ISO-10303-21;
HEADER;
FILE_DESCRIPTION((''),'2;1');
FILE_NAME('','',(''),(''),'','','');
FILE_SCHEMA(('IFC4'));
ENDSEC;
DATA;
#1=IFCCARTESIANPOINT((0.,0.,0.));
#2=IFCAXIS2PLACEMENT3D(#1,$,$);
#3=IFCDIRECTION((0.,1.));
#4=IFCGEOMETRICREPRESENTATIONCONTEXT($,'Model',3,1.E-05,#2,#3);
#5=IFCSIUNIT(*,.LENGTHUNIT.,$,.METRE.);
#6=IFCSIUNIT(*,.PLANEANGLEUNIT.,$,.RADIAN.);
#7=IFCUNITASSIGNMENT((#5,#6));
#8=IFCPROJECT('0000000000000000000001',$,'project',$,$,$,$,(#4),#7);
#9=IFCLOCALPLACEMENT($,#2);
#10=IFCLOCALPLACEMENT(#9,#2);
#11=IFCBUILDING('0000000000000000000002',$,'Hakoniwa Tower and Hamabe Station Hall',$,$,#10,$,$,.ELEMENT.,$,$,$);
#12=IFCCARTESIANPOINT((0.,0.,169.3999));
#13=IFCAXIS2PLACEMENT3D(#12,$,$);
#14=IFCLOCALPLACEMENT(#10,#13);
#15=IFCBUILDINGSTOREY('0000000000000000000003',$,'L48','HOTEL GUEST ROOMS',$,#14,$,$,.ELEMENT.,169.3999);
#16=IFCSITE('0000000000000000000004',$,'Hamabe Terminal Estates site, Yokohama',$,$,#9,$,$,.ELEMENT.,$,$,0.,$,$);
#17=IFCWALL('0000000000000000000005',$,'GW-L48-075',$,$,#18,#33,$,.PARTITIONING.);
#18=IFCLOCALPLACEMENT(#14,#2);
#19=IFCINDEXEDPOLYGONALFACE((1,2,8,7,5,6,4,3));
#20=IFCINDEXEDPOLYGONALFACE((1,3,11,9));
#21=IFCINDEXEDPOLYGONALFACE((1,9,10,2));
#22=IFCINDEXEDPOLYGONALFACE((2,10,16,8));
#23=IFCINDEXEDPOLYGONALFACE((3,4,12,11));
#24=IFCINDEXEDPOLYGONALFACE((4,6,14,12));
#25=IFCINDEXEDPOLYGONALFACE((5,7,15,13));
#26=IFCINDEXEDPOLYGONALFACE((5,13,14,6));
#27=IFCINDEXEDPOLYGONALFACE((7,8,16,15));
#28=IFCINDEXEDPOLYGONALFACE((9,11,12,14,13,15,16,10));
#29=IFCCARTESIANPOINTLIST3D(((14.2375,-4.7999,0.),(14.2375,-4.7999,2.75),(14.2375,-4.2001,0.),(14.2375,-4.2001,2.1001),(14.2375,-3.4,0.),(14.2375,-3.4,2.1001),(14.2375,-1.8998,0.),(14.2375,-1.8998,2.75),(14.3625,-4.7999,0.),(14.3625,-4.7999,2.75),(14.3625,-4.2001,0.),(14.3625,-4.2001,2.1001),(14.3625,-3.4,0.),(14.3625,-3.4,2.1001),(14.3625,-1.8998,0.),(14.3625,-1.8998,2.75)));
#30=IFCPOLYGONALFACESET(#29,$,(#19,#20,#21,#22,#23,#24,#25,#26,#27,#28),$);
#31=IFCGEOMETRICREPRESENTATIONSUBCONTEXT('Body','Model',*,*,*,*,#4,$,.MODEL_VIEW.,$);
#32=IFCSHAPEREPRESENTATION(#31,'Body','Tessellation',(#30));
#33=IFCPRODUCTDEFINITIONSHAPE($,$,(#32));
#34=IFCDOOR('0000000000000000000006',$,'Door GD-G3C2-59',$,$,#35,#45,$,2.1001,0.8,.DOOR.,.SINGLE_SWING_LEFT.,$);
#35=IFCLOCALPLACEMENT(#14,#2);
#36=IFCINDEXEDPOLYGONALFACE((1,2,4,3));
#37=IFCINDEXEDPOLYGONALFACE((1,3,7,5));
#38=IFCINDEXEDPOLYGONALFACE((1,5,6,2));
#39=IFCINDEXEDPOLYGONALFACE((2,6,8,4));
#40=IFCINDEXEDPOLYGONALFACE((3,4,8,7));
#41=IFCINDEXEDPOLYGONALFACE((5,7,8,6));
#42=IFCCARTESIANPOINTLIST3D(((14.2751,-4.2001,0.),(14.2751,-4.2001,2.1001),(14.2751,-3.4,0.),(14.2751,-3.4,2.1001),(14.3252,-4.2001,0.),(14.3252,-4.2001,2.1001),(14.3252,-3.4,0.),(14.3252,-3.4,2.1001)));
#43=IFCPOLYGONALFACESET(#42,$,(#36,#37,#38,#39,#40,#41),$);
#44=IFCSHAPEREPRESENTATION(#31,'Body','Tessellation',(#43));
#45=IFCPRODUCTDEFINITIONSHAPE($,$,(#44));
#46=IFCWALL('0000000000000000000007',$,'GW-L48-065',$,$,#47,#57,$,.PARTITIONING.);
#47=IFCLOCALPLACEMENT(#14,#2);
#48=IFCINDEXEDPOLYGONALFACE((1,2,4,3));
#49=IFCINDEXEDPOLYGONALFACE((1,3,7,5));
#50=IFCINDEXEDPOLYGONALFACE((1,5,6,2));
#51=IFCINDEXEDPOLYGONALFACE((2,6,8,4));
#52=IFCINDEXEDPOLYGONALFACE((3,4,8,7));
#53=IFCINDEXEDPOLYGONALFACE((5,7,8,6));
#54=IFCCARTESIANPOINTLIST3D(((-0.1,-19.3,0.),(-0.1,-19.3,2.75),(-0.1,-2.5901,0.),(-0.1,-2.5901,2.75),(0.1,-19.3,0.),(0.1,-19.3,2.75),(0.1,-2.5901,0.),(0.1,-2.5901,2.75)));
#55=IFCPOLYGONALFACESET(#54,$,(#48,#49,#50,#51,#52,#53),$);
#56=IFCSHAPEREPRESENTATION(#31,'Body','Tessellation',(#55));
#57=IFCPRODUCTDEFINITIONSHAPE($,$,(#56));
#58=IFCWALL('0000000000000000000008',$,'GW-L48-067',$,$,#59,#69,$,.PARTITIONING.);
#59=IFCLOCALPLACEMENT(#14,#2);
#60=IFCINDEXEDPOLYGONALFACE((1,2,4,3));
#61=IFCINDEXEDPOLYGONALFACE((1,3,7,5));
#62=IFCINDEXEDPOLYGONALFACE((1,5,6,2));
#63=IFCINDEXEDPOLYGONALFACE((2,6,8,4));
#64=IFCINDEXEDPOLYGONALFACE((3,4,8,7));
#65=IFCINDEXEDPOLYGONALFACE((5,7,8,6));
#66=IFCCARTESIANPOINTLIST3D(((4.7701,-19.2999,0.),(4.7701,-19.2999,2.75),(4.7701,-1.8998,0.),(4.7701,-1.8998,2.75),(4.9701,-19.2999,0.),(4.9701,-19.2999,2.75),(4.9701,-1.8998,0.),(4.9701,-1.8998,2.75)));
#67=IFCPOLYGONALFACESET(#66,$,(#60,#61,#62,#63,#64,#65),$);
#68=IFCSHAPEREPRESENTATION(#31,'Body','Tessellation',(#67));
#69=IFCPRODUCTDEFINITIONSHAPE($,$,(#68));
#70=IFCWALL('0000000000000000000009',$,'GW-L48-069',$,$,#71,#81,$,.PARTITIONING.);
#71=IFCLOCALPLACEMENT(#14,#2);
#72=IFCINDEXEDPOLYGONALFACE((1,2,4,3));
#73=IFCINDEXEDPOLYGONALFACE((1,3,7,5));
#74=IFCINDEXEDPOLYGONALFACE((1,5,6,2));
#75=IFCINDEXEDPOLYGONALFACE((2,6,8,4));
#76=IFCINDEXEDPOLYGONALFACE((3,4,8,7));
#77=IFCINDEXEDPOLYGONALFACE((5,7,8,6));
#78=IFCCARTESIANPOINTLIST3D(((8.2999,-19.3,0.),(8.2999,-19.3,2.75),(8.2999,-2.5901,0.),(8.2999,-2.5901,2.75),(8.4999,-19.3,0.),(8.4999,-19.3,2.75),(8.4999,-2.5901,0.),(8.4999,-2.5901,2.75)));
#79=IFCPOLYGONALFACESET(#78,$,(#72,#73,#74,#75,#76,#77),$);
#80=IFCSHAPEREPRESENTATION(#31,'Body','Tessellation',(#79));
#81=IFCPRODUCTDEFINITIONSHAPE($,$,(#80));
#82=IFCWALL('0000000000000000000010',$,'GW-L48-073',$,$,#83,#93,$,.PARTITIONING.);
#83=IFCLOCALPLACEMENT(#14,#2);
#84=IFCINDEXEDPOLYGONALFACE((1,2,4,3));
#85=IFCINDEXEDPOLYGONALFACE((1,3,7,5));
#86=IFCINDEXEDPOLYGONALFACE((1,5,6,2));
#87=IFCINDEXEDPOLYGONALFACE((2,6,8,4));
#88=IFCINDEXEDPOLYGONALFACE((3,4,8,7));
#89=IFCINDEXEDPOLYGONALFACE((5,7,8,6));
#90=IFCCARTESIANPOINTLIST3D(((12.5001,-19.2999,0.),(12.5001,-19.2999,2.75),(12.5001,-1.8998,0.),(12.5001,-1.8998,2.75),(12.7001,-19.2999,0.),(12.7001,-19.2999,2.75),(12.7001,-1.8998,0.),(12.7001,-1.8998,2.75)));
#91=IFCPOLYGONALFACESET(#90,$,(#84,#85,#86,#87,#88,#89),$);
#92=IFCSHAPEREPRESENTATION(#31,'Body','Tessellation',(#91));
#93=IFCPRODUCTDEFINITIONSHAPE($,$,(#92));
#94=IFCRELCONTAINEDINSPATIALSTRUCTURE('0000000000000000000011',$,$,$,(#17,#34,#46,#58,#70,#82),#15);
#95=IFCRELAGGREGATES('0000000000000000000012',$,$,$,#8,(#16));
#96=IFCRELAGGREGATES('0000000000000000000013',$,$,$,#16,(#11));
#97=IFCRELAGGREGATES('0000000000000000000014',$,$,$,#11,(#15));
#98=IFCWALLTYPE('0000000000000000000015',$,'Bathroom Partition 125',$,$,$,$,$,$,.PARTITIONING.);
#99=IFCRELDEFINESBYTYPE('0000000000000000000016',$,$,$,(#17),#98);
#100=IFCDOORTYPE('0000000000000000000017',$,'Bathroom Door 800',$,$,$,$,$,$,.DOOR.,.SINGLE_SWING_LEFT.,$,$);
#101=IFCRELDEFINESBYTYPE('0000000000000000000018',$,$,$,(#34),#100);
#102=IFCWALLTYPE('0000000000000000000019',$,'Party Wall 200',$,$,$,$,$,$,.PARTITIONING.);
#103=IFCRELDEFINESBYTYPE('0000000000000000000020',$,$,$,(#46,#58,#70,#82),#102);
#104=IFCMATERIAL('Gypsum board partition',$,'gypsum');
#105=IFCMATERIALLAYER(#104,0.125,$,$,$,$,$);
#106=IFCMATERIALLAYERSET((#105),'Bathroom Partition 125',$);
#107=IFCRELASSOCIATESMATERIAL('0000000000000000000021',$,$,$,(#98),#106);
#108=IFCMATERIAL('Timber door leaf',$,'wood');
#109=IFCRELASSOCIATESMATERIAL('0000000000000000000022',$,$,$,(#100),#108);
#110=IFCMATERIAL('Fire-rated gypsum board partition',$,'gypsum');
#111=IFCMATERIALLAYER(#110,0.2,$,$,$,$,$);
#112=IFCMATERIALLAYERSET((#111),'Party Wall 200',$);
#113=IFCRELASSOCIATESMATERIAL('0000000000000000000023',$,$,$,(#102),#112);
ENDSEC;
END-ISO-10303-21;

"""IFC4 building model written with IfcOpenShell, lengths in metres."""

from ifc_helpers import new_model, si_unit, direction, frame, frame_2d, origin, place, context, subcontext, project, spatial, rectangle, extrude, material, layer, layer_set, type_object, element, fill, save


model = new_model("IFC4")

# Units and contexts
model_context = context("Model", 3, precision=1e-05, world=origin(), true_north=direction((0.0, 1.0)))
body_context = subcontext(model_context, "Body", "Model", "MODEL_VIEW")
ifc_project = project(units=[si_unit("LENGTHUNIT", "METRE"), si_unit("PLANEANGLEUNIT", "RADIAN")], contexts=[model_context])

# Site, building, storey
site_placement = place(None, origin())
site = spatial("IfcSite", under=ifc_project, at=site_placement, Name="Hamabe Terminal Estates site, Yokohama", CompositionType="ELEMENT", RefElevation=0.0)
building_placement = place(site_placement, origin())
building = spatial("IfcBuilding", under=site, at=building_placement, Name="Hakoniwa Tower and Hamabe Station Hall", CompositionType="ELEMENT")
storey_placement = place(building_placement, frame((0.0, 0.0, 169.3999)))
storey = spatial("IfcBuildingStorey", under=building, at=storey_placement, Name="L48", Description="HOTEL GUEST ROOMS", CompositionType="ELEMENT", Elevation=169.3999)

# Shared definitions
ifc_material_1 = material(Name="Gypsum board partition", Category="gypsum")
ifc_layer_1 = layer(ifc_material_1, 0.125)
ifc_layer_set_1 = layer_set([ifc_layer_1], Name="Bathroom Partition 125")
wall_type_1 = type_object("IfcWallType", Name="Bathroom Partition 125", PredefinedType="PARTITIONING", material=ifc_layer_set_1)

# Wall, opening, door
ifc_material_2 = material(Name="Timber door leaf", Category="wood")
door_type = type_object("IfcDoorType", Name="Bathroom Door 800", OperationType="SINGLE_SWING_LEFT", PredefinedType="DOOR", material=ifc_material_2)
wall_1_placement = place(storey_placement, frame((14.3, -4.8, 0.0), z_axis=(0.0, 0.0, 1.0), x_axis=(0.0, 1.0, 0.0)))
wall_1 = element("IfcWall", 1, at=wall_1_placement, inside=storey, type_object=wall_type_1, Name="GW-L48-075", PredefinedType="PARTITIONING", context=body_context, shape_type="SweptSolid", body=[
    extrude(rectangle(XDim=2.9001, YDim=0.125, at=frame_2d((1.4502, 0.0))), origin(), (0.0, 0.0, 1.0), 2.75),
])
opening_1_placement = place(wall_1_placement, frame((0.6001, 0.0, 0.0)))
opening_1 = element("IfcOpeningElement", 2, at=opening_1_placement, cuts=wall_1, PredefinedType="OPENING", context=body_context, shape_type="SweptSolid", body=[
    extrude(rectangle(XDim=0.8, YDim=2.1001, at=frame_2d((0.3999, 1.05))), frame((0.0, 0.0725, 0.0), z_axis=(0.0, -1.0, 0.0), x_axis=(1.0, 0.0, 0.0)), (0.0, 0.0, 1.0), 0.145),
])
door_1_placement = place(opening_1_placement, origin())
door_1 = element("IfcDoor", 3, at=door_1_placement, inside=storey, type_object=door_type, Name="Door GD-G3C2-59", OperationType="SINGLE_SWING_LEFT", OverallHeight=2.1001, OverallWidth=0.8, PredefinedType="DOOR", context=body_context, shape_type="SweptSolid", body=[
    extrude(rectangle(XDim=0.8, YDim=2.1001, at=frame_2d((0.3999, 1.05))), frame((0.0, 0.0249, 0.0), z_axis=(0.0, -1.0, 0.0), x_axis=(1.0, 0.0, 0.0)), (0.0, 0.0, 1.0), 0.05),
])
fill(opening_1, door_1)

# Walls
ifc_material_3 = material(Name="Fire-rated gypsum board partition", Category="gypsum")
ifc_layer_2 = layer(ifc_material_3, 0.2)
ifc_layer_set_2 = layer_set([ifc_layer_2], Name="Party Wall 200")
wall_type_2 = type_object("IfcWallType", Name="Party Wall 200", PredefinedType="PARTITIONING", material=ifc_layer_set_2)
wall_2_placement = place(storey_placement, frame((0.0, -19.3, 0.0), z_axis=(0.0, 0.0, 1.0), x_axis=(0.0, 1.0, 0.0)))
element("IfcWall", 4, at=wall_2_placement, inside=storey, type_object=wall_type_2, Name="GW-L48-065", PredefinedType="PARTITIONING", context=body_context, shape_type="SweptSolid", body=[
    extrude(rectangle(XDim=16.71, YDim=0.2, at=frame_2d((8.355, 0.0))), origin(), (0.0, 0.0, 1.0), 2.75),
])
wall_3_placement = place(storey_placement, frame((4.8701, -19.3, 0.0), z_axis=(0.0, 0.0, 1.0), x_axis=(0.0, 1.0, 0.0)))
element("IfcWall", 5, at=wall_3_placement, inside=storey, type_object=wall_type_2, Name="GW-L48-067", PredefinedType="PARTITIONING", context=body_context, shape_type="SweptSolid", body=[
    extrude(rectangle(XDim=17.4001, YDim=0.2, at=frame_2d((8.7002, 0.0))), origin(), (0.0, 0.0, 1.0), 2.75),
])
wall_4_placement = place(storey_placement, frame((8.3999, -19.3, 0.0), z_axis=(0.0, 0.0, 1.0), x_axis=(0.0, 1.0, 0.0)))
element("IfcWall", 6, at=wall_4_placement, inside=storey, type_object=wall_type_2, Name="GW-L48-069", PredefinedType="PARTITIONING", context=body_context, shape_type="SweptSolid", body=[
    extrude(rectangle(XDim=16.71, YDim=0.2, at=frame_2d((8.355, 0.0))), origin(), (0.0, 0.0, 1.0), 2.75),
])
wall_5_placement = place(storey_placement, frame((12.6001, -19.3, 0.0), z_axis=(0.0, 0.0, 1.0), x_axis=(0.0, 1.0, 0.0)))
element("IfcWall", 7, at=wall_5_placement, inside=storey, type_object=wall_type_2, Name="GW-L48-073", PredefinedType="PARTITIONING", context=body_context, shape_type="SweptSolid", body=[
    extrude(rectangle(XDim=17.4001, YDim=0.2, at=frame_2d((8.7002, 0.0))), origin(), (0.0, 0.0, 1.0), 2.75),
])

save(model, "model.ifc")
